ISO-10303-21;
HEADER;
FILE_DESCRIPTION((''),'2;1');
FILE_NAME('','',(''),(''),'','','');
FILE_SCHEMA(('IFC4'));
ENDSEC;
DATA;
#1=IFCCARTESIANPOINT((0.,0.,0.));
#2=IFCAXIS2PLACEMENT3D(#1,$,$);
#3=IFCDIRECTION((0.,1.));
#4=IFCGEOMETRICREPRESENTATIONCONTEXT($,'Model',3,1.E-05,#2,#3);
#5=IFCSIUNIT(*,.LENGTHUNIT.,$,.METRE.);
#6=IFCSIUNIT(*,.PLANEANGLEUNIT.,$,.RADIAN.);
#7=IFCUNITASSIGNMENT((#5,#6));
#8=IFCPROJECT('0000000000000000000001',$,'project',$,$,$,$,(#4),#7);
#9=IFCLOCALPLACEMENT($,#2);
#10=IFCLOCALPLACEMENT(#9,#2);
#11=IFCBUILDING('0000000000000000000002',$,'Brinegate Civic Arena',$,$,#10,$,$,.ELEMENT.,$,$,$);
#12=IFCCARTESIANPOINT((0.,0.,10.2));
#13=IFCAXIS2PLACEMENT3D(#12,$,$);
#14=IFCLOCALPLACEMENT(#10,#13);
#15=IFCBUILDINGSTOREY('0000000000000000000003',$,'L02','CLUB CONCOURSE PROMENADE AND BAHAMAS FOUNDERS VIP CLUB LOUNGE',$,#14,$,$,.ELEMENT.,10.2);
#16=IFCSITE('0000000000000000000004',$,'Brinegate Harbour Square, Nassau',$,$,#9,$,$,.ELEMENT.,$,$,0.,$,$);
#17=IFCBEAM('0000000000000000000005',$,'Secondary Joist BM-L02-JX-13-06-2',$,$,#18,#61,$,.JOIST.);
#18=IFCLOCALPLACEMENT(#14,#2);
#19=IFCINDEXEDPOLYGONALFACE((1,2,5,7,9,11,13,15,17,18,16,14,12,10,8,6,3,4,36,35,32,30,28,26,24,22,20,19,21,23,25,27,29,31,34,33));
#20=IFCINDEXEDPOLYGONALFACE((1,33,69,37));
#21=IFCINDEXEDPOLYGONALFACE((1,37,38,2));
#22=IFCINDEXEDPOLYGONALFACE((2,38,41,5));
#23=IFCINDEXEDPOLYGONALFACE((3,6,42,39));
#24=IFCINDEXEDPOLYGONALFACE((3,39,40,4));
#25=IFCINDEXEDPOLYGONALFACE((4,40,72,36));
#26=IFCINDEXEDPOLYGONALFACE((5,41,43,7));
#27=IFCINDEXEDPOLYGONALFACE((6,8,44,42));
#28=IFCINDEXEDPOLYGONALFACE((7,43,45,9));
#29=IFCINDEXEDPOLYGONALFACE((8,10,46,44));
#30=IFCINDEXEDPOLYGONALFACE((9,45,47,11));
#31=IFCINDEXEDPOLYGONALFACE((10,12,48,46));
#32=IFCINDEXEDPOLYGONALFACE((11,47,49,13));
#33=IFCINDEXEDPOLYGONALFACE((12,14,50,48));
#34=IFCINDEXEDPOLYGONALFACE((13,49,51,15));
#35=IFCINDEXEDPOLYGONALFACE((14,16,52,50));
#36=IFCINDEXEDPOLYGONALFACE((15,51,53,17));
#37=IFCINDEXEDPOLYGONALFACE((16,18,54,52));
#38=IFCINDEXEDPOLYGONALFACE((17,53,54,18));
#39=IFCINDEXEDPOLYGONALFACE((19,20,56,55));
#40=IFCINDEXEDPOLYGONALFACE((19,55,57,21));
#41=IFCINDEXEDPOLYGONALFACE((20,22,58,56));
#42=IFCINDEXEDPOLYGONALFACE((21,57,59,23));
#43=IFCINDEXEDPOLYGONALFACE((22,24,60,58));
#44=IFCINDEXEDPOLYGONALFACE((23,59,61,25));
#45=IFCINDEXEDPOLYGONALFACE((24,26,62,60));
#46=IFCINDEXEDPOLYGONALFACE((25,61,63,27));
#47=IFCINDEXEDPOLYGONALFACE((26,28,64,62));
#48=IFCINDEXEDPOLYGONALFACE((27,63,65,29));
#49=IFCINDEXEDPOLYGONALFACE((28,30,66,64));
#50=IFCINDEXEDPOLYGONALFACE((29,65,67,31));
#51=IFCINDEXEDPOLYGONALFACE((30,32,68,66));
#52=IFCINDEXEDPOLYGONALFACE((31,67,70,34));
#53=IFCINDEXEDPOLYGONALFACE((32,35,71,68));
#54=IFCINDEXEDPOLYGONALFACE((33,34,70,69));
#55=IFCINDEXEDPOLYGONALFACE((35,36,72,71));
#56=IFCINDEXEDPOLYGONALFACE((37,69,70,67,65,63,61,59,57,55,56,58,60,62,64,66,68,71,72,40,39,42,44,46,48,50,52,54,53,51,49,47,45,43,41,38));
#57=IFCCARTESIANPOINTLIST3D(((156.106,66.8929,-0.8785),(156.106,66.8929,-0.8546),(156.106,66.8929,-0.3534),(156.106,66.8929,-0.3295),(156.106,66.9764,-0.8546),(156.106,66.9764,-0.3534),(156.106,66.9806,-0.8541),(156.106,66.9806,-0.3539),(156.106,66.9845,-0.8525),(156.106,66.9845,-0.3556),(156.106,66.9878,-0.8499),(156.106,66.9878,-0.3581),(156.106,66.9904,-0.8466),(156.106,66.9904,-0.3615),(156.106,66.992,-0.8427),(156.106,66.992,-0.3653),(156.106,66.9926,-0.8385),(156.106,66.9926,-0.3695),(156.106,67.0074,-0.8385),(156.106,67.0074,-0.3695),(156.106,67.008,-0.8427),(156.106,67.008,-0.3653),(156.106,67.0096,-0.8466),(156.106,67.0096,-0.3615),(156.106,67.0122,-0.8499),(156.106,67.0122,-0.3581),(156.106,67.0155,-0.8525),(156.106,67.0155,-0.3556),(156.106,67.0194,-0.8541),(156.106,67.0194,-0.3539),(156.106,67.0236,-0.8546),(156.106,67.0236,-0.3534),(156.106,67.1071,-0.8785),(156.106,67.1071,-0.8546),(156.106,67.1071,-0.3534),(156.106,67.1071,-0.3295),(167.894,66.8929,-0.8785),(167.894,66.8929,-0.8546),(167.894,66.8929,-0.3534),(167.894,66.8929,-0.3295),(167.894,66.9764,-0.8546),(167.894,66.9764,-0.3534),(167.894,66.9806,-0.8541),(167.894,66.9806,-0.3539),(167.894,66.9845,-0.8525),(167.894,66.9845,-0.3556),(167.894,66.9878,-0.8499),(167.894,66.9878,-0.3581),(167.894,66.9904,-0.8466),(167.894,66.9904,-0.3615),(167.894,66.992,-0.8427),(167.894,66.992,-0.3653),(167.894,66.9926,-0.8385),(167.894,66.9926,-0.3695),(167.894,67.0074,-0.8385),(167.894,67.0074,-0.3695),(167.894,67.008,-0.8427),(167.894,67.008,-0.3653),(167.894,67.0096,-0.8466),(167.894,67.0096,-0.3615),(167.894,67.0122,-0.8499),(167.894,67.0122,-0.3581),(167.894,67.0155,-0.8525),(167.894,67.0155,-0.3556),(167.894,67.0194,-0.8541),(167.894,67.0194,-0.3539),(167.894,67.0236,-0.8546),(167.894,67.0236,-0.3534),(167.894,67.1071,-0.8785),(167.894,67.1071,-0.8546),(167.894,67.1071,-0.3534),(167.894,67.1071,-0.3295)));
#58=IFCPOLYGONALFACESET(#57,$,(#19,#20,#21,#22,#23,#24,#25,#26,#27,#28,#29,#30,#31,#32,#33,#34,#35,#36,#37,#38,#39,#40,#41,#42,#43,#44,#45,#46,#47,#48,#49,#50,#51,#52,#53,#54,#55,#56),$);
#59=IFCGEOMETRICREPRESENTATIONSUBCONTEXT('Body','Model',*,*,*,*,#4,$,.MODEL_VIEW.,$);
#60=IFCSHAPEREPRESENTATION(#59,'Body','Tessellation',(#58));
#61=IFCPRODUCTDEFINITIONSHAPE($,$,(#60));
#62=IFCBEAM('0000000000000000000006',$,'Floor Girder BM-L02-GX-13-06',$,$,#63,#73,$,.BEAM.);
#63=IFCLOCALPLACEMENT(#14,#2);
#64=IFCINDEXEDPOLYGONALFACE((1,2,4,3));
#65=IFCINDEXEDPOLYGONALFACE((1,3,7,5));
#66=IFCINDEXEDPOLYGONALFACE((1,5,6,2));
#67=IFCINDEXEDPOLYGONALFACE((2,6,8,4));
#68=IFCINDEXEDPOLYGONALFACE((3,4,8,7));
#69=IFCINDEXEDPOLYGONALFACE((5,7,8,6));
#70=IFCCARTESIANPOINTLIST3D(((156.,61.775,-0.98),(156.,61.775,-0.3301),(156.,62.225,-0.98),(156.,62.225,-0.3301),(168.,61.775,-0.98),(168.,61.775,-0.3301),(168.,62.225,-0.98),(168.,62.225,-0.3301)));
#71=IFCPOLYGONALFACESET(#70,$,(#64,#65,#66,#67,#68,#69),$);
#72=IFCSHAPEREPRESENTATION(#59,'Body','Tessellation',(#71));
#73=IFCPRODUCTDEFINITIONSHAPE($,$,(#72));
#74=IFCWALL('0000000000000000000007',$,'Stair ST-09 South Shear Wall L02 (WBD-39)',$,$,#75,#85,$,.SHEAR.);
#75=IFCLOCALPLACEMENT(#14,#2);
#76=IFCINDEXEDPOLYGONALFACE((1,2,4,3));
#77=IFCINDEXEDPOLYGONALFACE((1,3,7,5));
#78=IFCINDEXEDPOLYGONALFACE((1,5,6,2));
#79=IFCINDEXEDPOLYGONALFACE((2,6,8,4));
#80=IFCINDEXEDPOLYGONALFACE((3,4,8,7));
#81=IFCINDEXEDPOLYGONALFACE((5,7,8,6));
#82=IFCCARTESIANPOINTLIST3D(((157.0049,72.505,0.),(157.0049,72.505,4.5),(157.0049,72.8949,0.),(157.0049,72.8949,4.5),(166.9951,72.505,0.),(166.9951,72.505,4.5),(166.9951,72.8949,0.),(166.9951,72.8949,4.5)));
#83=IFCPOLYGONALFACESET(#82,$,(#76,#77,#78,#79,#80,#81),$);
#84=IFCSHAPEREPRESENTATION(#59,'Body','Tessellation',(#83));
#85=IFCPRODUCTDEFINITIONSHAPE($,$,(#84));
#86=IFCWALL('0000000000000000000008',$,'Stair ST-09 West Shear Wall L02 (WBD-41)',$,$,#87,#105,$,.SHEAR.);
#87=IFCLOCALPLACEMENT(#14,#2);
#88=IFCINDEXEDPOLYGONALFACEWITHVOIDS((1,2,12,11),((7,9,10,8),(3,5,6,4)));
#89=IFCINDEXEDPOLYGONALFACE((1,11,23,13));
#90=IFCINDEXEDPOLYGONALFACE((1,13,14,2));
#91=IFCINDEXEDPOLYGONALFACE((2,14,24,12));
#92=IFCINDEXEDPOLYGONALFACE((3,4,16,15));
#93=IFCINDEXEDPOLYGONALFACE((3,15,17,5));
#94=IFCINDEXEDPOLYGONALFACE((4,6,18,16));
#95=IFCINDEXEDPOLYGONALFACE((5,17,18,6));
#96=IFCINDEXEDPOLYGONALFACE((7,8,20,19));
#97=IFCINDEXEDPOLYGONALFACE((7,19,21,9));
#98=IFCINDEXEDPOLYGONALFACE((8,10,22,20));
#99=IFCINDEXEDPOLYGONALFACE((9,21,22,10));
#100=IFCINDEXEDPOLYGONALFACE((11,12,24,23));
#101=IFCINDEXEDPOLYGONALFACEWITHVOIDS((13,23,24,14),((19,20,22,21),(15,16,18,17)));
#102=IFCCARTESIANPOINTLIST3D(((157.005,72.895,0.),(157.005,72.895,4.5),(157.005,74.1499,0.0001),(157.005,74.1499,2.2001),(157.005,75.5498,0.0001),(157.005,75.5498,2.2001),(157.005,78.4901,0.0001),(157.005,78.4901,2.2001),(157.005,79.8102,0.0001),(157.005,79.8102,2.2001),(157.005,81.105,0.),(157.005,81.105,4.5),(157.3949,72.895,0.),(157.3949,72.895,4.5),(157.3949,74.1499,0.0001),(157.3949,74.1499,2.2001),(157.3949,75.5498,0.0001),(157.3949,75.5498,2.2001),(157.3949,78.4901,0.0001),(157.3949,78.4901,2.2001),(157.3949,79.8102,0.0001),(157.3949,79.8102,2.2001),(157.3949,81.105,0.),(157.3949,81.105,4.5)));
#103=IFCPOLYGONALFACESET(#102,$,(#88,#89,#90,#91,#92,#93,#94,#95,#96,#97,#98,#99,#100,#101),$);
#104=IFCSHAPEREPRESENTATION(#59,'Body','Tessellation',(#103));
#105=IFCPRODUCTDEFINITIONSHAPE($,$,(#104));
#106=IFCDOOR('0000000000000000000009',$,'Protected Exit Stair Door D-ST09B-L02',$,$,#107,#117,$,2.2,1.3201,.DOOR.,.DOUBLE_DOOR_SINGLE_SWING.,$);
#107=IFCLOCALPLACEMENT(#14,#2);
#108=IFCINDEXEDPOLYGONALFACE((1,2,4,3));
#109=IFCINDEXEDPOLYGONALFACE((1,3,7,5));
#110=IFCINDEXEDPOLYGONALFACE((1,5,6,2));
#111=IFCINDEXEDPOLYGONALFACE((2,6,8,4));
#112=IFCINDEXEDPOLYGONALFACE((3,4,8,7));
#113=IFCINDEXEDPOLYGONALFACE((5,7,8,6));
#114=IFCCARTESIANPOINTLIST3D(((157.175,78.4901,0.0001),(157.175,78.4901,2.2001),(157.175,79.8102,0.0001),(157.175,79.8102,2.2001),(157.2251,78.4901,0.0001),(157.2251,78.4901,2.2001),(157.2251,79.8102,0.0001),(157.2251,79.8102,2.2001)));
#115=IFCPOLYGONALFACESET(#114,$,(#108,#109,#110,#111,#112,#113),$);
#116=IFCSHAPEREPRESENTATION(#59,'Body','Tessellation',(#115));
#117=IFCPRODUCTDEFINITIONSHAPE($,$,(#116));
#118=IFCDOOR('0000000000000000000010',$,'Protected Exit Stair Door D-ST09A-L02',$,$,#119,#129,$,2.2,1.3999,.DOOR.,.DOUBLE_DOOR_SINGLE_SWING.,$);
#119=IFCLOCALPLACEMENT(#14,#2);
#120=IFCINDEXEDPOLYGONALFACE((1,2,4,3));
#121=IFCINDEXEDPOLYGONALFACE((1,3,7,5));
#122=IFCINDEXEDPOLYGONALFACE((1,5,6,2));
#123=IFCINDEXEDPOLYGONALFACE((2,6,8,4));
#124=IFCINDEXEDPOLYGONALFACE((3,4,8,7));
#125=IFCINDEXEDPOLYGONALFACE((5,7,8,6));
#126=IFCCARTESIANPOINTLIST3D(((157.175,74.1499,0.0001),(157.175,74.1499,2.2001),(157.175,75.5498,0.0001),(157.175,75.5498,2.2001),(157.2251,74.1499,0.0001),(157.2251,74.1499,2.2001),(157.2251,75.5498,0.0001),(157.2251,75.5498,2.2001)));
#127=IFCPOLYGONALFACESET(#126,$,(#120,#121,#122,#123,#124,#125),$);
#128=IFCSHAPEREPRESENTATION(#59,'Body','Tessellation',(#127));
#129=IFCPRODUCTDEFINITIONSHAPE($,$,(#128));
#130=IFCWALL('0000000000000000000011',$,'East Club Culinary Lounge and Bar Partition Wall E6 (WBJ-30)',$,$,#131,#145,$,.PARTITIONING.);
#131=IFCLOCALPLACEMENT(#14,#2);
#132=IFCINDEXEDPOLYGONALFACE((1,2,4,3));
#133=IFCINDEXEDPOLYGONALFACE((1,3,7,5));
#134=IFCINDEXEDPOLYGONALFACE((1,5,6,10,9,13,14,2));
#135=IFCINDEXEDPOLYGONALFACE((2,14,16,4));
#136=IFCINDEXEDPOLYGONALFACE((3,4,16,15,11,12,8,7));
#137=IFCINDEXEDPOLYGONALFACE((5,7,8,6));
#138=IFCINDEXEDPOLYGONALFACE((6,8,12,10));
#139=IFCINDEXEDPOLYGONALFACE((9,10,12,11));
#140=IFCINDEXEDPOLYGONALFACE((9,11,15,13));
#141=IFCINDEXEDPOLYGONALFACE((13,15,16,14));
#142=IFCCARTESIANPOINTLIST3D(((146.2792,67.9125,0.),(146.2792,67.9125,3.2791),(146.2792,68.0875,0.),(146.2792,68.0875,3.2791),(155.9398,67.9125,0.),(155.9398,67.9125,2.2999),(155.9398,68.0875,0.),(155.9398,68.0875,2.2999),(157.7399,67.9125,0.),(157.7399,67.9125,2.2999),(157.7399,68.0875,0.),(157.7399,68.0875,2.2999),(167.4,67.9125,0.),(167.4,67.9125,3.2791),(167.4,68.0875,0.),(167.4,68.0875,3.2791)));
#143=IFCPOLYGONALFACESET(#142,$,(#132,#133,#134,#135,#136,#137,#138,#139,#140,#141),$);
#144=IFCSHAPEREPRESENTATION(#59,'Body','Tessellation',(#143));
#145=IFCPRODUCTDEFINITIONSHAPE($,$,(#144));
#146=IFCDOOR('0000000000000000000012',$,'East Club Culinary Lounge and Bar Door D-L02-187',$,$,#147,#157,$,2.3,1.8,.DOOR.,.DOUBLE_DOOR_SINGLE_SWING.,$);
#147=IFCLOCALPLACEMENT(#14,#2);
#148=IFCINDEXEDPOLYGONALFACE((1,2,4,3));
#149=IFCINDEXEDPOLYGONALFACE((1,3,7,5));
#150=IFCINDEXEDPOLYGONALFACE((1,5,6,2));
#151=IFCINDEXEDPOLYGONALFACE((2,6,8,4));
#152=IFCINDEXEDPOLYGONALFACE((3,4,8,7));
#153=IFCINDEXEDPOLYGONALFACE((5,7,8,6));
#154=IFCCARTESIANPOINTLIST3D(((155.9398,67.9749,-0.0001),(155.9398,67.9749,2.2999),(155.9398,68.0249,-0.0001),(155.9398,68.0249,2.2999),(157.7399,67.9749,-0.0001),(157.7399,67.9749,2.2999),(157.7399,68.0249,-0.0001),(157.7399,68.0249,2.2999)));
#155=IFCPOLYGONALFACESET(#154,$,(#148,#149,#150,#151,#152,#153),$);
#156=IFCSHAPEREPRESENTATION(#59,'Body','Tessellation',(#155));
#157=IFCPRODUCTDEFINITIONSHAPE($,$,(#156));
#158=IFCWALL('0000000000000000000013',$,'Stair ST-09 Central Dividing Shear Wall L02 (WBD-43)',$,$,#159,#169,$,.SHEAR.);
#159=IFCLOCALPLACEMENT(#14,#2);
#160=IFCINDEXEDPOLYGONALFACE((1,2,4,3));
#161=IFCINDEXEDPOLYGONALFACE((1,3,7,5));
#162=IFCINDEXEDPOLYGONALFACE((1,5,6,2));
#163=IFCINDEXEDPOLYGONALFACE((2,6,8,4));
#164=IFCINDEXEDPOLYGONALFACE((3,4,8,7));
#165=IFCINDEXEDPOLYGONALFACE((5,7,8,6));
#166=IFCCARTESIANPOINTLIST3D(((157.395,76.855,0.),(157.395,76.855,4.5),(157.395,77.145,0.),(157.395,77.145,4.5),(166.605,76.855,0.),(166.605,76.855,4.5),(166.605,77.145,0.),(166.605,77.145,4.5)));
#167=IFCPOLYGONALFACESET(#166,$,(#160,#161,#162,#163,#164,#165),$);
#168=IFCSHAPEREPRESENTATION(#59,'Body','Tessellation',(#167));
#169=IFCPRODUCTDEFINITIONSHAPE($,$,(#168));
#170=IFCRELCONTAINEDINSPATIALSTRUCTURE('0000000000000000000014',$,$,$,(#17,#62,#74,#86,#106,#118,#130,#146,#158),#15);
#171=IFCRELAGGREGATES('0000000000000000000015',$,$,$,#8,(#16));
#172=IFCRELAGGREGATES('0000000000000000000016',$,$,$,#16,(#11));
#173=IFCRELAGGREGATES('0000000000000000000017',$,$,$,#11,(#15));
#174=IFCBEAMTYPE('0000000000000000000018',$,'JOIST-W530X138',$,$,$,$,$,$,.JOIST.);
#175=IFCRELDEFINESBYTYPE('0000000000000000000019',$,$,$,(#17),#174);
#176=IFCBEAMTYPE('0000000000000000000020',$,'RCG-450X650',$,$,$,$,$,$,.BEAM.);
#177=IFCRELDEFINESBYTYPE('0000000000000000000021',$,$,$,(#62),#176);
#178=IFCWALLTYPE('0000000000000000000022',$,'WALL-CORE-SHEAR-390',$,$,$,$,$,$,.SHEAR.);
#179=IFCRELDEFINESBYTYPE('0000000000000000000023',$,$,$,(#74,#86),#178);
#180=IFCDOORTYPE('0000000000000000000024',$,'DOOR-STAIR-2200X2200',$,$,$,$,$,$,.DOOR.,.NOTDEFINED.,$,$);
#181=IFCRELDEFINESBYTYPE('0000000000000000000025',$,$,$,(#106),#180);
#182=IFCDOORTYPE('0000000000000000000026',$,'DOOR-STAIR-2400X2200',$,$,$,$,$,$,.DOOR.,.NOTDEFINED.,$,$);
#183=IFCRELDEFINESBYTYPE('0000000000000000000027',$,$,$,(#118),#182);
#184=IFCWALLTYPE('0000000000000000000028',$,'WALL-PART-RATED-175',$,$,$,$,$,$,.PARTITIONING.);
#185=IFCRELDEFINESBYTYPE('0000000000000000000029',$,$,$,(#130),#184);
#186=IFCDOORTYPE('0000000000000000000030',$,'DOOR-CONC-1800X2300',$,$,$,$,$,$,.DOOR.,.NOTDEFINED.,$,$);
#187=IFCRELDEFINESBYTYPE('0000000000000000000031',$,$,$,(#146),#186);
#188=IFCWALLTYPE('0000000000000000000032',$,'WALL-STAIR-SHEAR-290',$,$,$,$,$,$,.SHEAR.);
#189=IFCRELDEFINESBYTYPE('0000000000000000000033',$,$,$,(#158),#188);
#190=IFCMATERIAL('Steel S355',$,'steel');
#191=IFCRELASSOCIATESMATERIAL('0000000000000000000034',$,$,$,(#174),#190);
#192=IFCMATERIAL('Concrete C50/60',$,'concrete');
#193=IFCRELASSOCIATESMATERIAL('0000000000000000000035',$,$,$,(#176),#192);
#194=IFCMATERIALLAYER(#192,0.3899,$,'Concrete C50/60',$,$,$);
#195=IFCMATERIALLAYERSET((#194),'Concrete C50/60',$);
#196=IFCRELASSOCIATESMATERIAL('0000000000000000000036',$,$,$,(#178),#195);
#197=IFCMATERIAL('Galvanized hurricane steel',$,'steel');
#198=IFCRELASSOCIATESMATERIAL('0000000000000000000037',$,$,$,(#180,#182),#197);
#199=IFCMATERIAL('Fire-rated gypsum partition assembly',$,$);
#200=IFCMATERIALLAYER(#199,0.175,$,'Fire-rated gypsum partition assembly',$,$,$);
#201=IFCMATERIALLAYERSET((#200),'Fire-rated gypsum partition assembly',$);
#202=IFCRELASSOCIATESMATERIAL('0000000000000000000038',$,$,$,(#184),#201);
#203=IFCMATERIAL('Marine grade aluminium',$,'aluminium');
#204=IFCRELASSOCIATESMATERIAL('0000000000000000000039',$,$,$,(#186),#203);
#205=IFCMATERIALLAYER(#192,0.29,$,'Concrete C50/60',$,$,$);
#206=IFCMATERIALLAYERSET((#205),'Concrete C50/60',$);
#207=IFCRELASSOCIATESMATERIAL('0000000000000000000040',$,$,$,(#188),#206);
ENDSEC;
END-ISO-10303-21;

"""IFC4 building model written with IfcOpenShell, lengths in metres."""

from ifc_helpers import new_model, si_unit, direction, frame, frame_2d, origin, origin_2d, place, context, subcontext, project, spatial, rectangle, i_section, extrude, material, layer, layer_set, material_profile, profile_set, type_object, element, fill, save


model = new_model("IFC4")

# Units and contexts
model_context = context("Model", 3, precision=1e-05, world=origin(), true_north=direction((0.0, 1.0)))
body_context = subcontext(model_context, "Body", "Model", "MODEL_VIEW")
ifc_project = project(units=[si_unit("LENGTHUNIT", "METRE"), si_unit("PLANEANGLEUNIT", "RADIAN")], contexts=[model_context])

# Site, building, storey
site_placement = place(None, origin())
site = spatial("IfcSite", under=ifc_project, at=site_placement, Name="Brinegate Harbour Square, Nassau", CompositionType="ELEMENT", RefElevation=0.0)
building_placement = place(site_placement, origin())
building = spatial("IfcBuilding", under=site, at=building_placement, Name="Brinegate Civic Arena", CompositionType="ELEMENT")
storey_placement = place(building_placement, frame((0.0, 0.0, 10.2)))
storey = spatial("IfcBuildingStorey", under=building, at=storey_placement, Name="L02", Description="CLUB CONCOURSE PROMENADE AND BAHAMAS FOUNDERS VIP CLUB LOUNGE", CompositionType="ELEMENT", Elevation=10.2)

# Shared definitions
ifc_material_1 = material(Name="Concrete C50/60", Category="concrete")

# Beams
ifc_material_2 = material(Name="Steel S355", Category="steel")
ifc_material_profile_1 = material_profile(ifc_material_2, i_section(OverallWidth=0.2141, OverallDepth=0.5491, WebThickness=0.0149, FlangeThickness=0.0239, FilletRadius=0.0161, at=origin_2d()), Name="W530X138")
ifc_profile_set_1 = profile_set([ifc_material_profile_1], Name="Steel S355")
beam_type_1 = type_object("IfcBeamType", Name="JOIST-W530X138", PredefinedType="JOIST", material=ifc_profile_set_1)
beam_1_placement = place(storey_placement, frame((156.106, 67.0, -0.604), z_axis=(1.0, 0.0, 0.0), x_axis=(0.0, 1.0, 0.0)))
element("IfcBeam", 1, at=beam_1_placement, inside=storey, type_object=beam_type_1, Name="Secondary Joist BM-L02-JX-13-06-2", PredefinedType="JOIST", context=body_context, shape_type="SweptSolid", body=[
    extrude(i_section(OverallWidth=0.2141, OverallDepth=0.5491, WebThickness=0.0149, FlangeThickness=0.0239, FilletRadius=0.0161, at=origin_2d()), origin(), (0.0, 0.0, 1.0), 11.7881),
])
ifc_material_profile_2 = material_profile(ifc_material_1, rectangle(XDim=0.45, YDim=0.6499, at=origin_2d()), Name="RCB450X650")
ifc_profile_set_2 = profile_set([ifc_material_profile_2], Name="Concrete C50/60")
beam_type_2 = type_object("IfcBeamType", Name="RCG-450X650", PredefinedType="BEAM", material=ifc_profile_set_2)
beam_2_placement = place(storey_placement, frame((156.0, 62.0, -0.655), z_axis=(1.0, 0.0, 0.0), x_axis=(0.0, 1.0, 0.0)))
element("IfcBeam", 2, at=beam_2_placement, inside=storey, type_object=beam_type_2, Name="Floor Girder BM-L02-GX-13-06", PredefinedType="BEAM", context=body_context, shape_type="SweptSolid", body=[
    extrude(rectangle(XDim=0.45, YDim=0.6499, at=origin_2d()), origin(), (0.0, 0.0, 1.0), 12.0),
])

# Wall
ifc_layer_1 = layer(ifc_material_1, 0.3899, Name="Concrete C50/60")
ifc_layer_set_1 = layer_set([ifc_layer_1], Name="Concrete C50/60")
wall_type_1 = type_object("IfcWallType", Name="WALL-CORE-SHEAR-390", PredefinedType="SHEAR", material=ifc_layer_set_1)
wall_1_placement = place(storey_placement, frame((157.0049, 72.7, 0.0), z_axis=(0.0, 0.0, 1.0), x_axis=(1.0, 0.0, 0.0)))
element("IfcWall", 3, at=wall_1_placement, inside=storey, type_object=wall_type_1, Name="Stair ST-09 South Shear Wall L02 (WBD-39)", PredefinedType="SHEAR", context=body_context, shape_type="SweptSolid", body=[
    extrude(rectangle(XDim=9.9902, YDim=0.3899, at=frame_2d((4.9951, 0.0))), origin(), (0.0, 0.0, 1.0), 4.5),
])

# Wall, openings, doors
wall_2_placement = place(storey_placement, frame((157.2, 72.895, 0.0), z_axis=(0.0, 0.0, 1.0), x_axis=(0.0, 1.0, 0.0)))
wall_2 = element("IfcWall", 4, at=wall_2_placement, inside=storey, type_object=wall_type_1, Name="Stair ST-09 West Shear Wall L02 (WBD-41)", PredefinedType="SHEAR", context=body_context, shape_type="SweptSolid", body=[
    extrude(rectangle(XDim=8.21, YDim=0.3899, at=frame_2d((4.105, 0.0))), origin(), (0.0, 0.0, 1.0), 4.5),
])
opening_1_placement = place(wall_2_placement, frame((1.2549, 0.0, 0.0)))
opening_1 = element("IfcOpeningElement", 5, at=opening_1_placement, cuts=wall_2, PredefinedType="OPENING", context=body_context, shape_type="SweptSolid", body=[
    extrude(rectangle(XDim=1.3999, YDim=2.2, at=frame_2d((0.7, 1.1001))), frame((0.0, 0.2048, 0.0), z_axis=(0.0, -1.0, 0.0), x_axis=(1.0, 0.0, 0.0)), (0.0, 0.0, 1.0), 0.4099),
])
opening_2_placement = place(wall_2_placement, frame((5.595, 0.0, 0.0)))
opening_2 = element("IfcOpeningElement", 6, at=opening_2_placement, cuts=wall_2, PredefinedType="OPENING", context=body_context, shape_type="SweptSolid", body=[
    extrude(rectangle(XDim=1.3201, YDim=2.2, at=frame_2d((0.6602, 1.1001))), frame((0.0, 0.2048, 0.0), z_axis=(0.0, -1.0, 0.0), x_axis=(1.0, 0.0, 0.0)), (0.0, 0.0, 1.0), 0.4099),
])
ifc_material_3 = material(Name="Galvanized hurricane steel", Category="steel")
door_type_1 = type_object("IfcDoorType", Name="DOOR-STAIR-2200X2200", OperationType="NOTDEFINED", PredefinedType="DOOR", material=ifc_material_3)
door_1_placement = place(opening_2_placement, origin())
door_1 = element("IfcDoor", 7, at=door_1_placement, inside=storey, type_object=door_type_1, Name="Protected Exit Stair Door D-ST09B-L02", OperationType="DOUBLE_DOOR_SINGLE_SWING", OverallHeight=2.2, OverallWidth=1.3201, PredefinedType="DOOR", context=body_context, shape_type="SweptSolid", body=[
    extrude(rectangle(XDim=1.3201, YDim=2.2, at=frame_2d((0.6602, 1.1001))), frame((0.0, 0.0249, 0.0), z_axis=(0.0, -1.0, 0.0), x_axis=(1.0, 0.0, 0.0)), (0.0, 0.0, 1.0), 0.05),
])
fill(opening_2, door_1)
door_type_2 = type_object("IfcDoorType", Name="DOOR-STAIR-2400X2200", OperationType="NOTDEFINED", PredefinedType="DOOR", material=ifc_material_3)
door_2_placement = place(opening_1_placement, origin())
door_2 = element("IfcDoor", 8, at=door_2_placement, inside=storey, type_object=door_type_2, Name="Protected Exit Stair Door D-ST09A-L02", OperationType="DOUBLE_DOOR_SINGLE_SWING", OverallHeight=2.2, OverallWidth=1.3999, PredefinedType="DOOR", context=body_context, shape_type="SweptSolid", body=[
    extrude(rectangle(XDim=1.3999, YDim=2.2, at=frame_2d((0.7, 1.1001))), frame((0.0, 0.0249, 0.0), z_axis=(0.0, -1.0, 0.0), x_axis=(1.0, 0.0, 0.0)), (0.0, 0.0, 1.0), 0.05),
])
fill(opening_1, door_2)

# Wall, opening, door
ifc_material_4 = material(Name="Fire-rated gypsum partition assembly")
ifc_layer_2 = layer(ifc_material_4, 0.175, Name="Fire-rated gypsum partition assembly")
ifc_layer_set_2 = layer_set([ifc_layer_2], Name="Fire-rated gypsum partition assembly")
wall_type_2 = type_object("IfcWallType", Name="WALL-PART-RATED-175", PredefinedType="PARTITIONING", material=ifc_layer_set_2)
wall_3_placement = place(storey_placement, frame((146.2791, 68.0, 0.0), z_axis=(0.0, 0.0, 1.0), x_axis=(1.0, 0.0, 0.0)))
wall_3 = element("IfcWall", 9, at=wall_3_placement, inside=storey, type_object=wall_type_2, Name="East Club Culinary Lounge and Bar Partition Wall E6 (WBJ-30)", PredefinedType="PARTITIONING", context=body_context, shape_type="SweptSolid", body=[
    extrude(rectangle(XDim=21.1208, YDim=0.175, at=frame_2d((10.5605, 0.0))), origin(), (0.0, 0.0, 1.0), 3.2791),
])
opening_3_placement = place(wall_3_placement, frame((9.6609, 0.0, 0.0)))
opening_3 = element("IfcOpeningElement", 10, at=opening_3_placement, cuts=wall_3, PredefinedType="OPENING", context=body_context, shape_type="SweptSolid", body=[
    extrude(rectangle(XDim=1.8, YDim=2.3, at=frame_2d((0.8999, 1.1499))), frame((0.0, 0.0974, 0.0), z_axis=(0.0, -1.0, 0.0), x_axis=(1.0, 0.0, 0.0)), (0.0, 0.0, 1.0), 0.1951),
])
ifc_material_5 = material(Name="Marine grade aluminium", Category="aluminium")
door_type_3 = type_object("IfcDoorType", Name="DOOR-CONC-1800X2300", OperationType="NOTDEFINED", PredefinedType="DOOR", material=ifc_material_5)
door_3_placement = place(opening_3_placement, origin())
door_3 = element("IfcDoor", 11, at=door_3_placement, inside=storey, type_object=door_type_3, Name="East Club Culinary Lounge and Bar Door D-L02-187", OperationType="DOUBLE_DOOR_SINGLE_SWING", OverallHeight=2.3, OverallWidth=1.8, PredefinedType="DOOR", context=body_context, shape_type="SweptSolid", body=[
    extrude(rectangle(XDim=1.8, YDim=2.3, at=frame_2d((0.8999, 1.1499))), frame((0.0, 0.0249, 0.0), z_axis=(0.0, -1.0, 0.0), x_axis=(1.0, 0.0, 0.0)), (0.0, 0.0, 1.0), 0.05),
])
fill(opening_3, door_3)

# Wall
ifc_layer_3 = layer(ifc_material_1, 0.29, Name="Concrete C50/60")
ifc_layer_set_3 = layer_set([ifc_layer_3], Name="Concrete C50/60")
wall_type_3 = type_object("IfcWallType", Name="WALL-STAIR-SHEAR-290", PredefinedType="SHEAR", material=ifc_layer_set_3)
wall_4_placement = place(storey_placement, frame((157.395, 77.0, 0.0), z_axis=(0.0, 0.0, 1.0), x_axis=(1.0, 0.0, 0.0)))
element("IfcWall", 12, at=wall_4_placement, inside=storey, type_object=wall_type_3, Name="Stair ST-09 Central Dividing Shear Wall L02 (WBD-43)", PredefinedType="SHEAR", context=body_context, shape_type="SweptSolid", body=[
    extrude(rectangle(XDim=9.21, YDim=0.29, at=frame_2d((4.605, 0.0))), origin(), (0.0, 0.0, 1.0), 4.5),
])

save(model, "model.ifc")
